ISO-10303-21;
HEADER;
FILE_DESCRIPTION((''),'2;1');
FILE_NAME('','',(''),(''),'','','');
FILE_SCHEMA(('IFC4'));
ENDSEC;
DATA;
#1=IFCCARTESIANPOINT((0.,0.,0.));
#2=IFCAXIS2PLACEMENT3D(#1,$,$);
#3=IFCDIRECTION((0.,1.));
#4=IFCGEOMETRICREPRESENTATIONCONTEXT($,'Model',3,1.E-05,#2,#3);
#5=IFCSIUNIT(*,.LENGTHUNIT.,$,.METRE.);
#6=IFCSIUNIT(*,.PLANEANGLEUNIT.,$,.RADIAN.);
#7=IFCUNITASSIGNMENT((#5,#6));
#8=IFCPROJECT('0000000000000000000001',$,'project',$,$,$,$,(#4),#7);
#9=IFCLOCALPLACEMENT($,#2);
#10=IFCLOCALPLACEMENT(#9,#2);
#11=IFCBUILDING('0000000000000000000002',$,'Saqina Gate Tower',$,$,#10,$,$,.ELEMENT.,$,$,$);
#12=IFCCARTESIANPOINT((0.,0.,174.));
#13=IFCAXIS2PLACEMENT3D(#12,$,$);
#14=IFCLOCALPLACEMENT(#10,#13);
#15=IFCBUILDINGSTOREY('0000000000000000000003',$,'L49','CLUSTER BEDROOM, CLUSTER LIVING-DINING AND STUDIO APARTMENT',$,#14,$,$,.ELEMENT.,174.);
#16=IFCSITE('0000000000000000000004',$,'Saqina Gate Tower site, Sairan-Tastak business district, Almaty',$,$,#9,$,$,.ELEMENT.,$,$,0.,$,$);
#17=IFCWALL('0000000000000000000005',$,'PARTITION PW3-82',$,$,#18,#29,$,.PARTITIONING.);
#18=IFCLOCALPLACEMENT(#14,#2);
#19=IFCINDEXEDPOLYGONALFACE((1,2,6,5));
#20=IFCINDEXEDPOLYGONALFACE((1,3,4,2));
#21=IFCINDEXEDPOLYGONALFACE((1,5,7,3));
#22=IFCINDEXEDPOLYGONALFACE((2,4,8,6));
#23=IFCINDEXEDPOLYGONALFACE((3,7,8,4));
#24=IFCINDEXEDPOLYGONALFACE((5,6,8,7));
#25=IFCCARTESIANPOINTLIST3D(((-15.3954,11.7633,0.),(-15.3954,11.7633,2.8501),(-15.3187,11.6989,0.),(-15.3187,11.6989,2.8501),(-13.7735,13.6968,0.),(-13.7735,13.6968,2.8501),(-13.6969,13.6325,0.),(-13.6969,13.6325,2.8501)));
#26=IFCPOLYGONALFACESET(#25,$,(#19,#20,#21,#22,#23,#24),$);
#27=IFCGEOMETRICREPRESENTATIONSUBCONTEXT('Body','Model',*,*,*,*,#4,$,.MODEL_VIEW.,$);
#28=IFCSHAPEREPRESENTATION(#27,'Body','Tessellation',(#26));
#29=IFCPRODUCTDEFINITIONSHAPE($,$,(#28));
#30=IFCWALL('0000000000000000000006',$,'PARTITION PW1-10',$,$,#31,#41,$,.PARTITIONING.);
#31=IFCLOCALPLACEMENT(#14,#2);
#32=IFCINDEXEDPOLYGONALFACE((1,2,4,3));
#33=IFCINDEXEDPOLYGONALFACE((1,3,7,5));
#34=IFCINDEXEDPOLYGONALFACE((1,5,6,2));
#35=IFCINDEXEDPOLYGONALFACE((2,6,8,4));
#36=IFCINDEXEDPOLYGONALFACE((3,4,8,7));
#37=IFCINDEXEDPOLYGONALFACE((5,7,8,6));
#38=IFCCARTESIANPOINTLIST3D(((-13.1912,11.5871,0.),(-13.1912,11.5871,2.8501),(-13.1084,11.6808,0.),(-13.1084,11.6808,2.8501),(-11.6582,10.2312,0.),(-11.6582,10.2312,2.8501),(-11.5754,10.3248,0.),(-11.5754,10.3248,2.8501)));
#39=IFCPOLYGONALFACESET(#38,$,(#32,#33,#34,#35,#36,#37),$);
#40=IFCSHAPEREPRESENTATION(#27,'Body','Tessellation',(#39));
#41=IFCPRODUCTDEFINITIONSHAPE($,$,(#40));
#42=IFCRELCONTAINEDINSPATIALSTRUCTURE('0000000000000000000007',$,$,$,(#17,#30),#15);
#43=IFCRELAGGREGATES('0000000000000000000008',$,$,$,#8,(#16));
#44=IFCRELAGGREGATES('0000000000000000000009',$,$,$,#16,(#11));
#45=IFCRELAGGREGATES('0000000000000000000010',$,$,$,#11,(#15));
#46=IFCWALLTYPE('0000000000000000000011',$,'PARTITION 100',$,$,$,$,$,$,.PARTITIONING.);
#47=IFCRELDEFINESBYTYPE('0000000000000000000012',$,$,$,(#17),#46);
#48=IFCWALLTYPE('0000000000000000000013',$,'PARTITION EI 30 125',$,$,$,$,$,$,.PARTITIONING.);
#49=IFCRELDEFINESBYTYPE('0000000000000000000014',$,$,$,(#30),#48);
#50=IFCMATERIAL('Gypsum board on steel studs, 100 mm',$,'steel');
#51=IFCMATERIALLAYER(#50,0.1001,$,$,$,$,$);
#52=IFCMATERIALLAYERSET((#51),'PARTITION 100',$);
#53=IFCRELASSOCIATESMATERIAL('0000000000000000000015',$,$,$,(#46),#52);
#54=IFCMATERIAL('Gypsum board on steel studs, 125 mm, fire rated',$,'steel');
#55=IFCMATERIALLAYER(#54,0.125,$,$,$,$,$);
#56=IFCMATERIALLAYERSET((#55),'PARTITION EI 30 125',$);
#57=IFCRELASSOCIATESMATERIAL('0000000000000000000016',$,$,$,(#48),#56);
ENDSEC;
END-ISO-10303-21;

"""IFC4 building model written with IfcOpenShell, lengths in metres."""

from ifc_helpers import new_model, si_unit, direction, frame, frame_2d, origin, place, context, subcontext, project, spatial, rectangle, extrude, material, layer, layer_set, type_object, element, save


model = new_model("IFC4")

# Units and contexts
model_context = context("Model", 3, precision=1e-05, world=origin(), true_north=direction((0.0, 1.0)))
body_context = subcontext(model_context, "Body", "Model", "MODEL_VIEW")
ifc_project = project(units=[si_unit("LENGTHUNIT", "METRE"), si_unit("PLANEANGLEUNIT", "RADIAN")], contexts=[model_context])

# Site, building, storey
site_placement = place(None, origin())
site = spatial("IfcSite", under=ifc_project, at=site_placement, Name="Saqina Gate Tower site, Sairan-Tastak business district, Almaty", CompositionType="ELEMENT", RefElevation=0.0)
building_placement = place(site_placement, origin())
building = spatial("IfcBuilding", under=site, at=building_placement, Name="Saqina Gate Tower", CompositionType="ELEMENT")
storey_placement = place(building_placement, frame((0.0, 0.0, 174.0)))
storey = spatial("IfcBuildingStorey", under=building, at=storey_placement, Name="L49", Description="CLUSTER BEDROOM, CLUSTER LIVING-DINING AND STUDIO APARTMENT", CompositionType="ELEMENT", Elevation=174.0)

# Walls
ifc_material_1 = material(Name="Gypsum board on steel studs, 100 mm", Category="steel")
ifc_layer_1 = layer(ifc_material_1, 0.1001)
ifc_layer_set_1 = layer_set([ifc_layer_1], Name="PARTITION 100")
wall_type_1 = type_object("IfcWallType", Name="PARTITION 100", PredefinedType="PARTITIONING", material=ifc_layer_set_1)
wall_1_placement = place(storey_placement, frame((-15.3569, 11.7312, 0.0), z_axis=(0.0, 0.0, 1.0), x_axis=(0.642636, 0.766172, 0.0)))
element("IfcWall", 1, at=wall_1_placement, inside=storey, type_object=wall_type_1, Name="PARTITION PW3-82", PredefinedType="PARTITIONING", context=body_context, shape_type="SweptSolid", body=[
    extrude(rectangle(XDim=2.5237, YDim=0.1001, at=frame_2d((1.2617, 0.0))), origin(), (0.0, 0.0, 1.0), 2.8501),
])
ifc_material_2 = material(Name="Gypsum board on steel studs, 125 mm, fire rated", Category="steel")
ifc_layer_2 = layer(ifc_material_2, 0.125)
ifc_layer_set_2 = layer_set([ifc_layer_2], Name="PARTITION EI 30 125")
wall_type_2 = type_object("IfcWallType", Name="PARTITION EI 30 125", PredefinedType="PARTITIONING", material=ifc_layer_set_2)
wall_2_placement = place(storey_placement, frame((-13.1499, 11.634, 0.0), z_axis=(0.0, 0.0, 1.0), x_axis=(0.749026, -0.66254, 0.0)))
element("IfcWall", 2, at=wall_2_placement, inside=storey, type_object=wall_type_2, Name="PARTITION PW1-10", PredefinedType="PARTITIONING", context=body_context, shape_type="SweptSolid", body=[
    extrude(rectangle(XDim=2.0466, YDim=0.125, at=frame_2d((1.0234, 0.0))), origin(), (0.0, 0.0, 1.0), 2.8501),
])

save(model, "model.ifc")
